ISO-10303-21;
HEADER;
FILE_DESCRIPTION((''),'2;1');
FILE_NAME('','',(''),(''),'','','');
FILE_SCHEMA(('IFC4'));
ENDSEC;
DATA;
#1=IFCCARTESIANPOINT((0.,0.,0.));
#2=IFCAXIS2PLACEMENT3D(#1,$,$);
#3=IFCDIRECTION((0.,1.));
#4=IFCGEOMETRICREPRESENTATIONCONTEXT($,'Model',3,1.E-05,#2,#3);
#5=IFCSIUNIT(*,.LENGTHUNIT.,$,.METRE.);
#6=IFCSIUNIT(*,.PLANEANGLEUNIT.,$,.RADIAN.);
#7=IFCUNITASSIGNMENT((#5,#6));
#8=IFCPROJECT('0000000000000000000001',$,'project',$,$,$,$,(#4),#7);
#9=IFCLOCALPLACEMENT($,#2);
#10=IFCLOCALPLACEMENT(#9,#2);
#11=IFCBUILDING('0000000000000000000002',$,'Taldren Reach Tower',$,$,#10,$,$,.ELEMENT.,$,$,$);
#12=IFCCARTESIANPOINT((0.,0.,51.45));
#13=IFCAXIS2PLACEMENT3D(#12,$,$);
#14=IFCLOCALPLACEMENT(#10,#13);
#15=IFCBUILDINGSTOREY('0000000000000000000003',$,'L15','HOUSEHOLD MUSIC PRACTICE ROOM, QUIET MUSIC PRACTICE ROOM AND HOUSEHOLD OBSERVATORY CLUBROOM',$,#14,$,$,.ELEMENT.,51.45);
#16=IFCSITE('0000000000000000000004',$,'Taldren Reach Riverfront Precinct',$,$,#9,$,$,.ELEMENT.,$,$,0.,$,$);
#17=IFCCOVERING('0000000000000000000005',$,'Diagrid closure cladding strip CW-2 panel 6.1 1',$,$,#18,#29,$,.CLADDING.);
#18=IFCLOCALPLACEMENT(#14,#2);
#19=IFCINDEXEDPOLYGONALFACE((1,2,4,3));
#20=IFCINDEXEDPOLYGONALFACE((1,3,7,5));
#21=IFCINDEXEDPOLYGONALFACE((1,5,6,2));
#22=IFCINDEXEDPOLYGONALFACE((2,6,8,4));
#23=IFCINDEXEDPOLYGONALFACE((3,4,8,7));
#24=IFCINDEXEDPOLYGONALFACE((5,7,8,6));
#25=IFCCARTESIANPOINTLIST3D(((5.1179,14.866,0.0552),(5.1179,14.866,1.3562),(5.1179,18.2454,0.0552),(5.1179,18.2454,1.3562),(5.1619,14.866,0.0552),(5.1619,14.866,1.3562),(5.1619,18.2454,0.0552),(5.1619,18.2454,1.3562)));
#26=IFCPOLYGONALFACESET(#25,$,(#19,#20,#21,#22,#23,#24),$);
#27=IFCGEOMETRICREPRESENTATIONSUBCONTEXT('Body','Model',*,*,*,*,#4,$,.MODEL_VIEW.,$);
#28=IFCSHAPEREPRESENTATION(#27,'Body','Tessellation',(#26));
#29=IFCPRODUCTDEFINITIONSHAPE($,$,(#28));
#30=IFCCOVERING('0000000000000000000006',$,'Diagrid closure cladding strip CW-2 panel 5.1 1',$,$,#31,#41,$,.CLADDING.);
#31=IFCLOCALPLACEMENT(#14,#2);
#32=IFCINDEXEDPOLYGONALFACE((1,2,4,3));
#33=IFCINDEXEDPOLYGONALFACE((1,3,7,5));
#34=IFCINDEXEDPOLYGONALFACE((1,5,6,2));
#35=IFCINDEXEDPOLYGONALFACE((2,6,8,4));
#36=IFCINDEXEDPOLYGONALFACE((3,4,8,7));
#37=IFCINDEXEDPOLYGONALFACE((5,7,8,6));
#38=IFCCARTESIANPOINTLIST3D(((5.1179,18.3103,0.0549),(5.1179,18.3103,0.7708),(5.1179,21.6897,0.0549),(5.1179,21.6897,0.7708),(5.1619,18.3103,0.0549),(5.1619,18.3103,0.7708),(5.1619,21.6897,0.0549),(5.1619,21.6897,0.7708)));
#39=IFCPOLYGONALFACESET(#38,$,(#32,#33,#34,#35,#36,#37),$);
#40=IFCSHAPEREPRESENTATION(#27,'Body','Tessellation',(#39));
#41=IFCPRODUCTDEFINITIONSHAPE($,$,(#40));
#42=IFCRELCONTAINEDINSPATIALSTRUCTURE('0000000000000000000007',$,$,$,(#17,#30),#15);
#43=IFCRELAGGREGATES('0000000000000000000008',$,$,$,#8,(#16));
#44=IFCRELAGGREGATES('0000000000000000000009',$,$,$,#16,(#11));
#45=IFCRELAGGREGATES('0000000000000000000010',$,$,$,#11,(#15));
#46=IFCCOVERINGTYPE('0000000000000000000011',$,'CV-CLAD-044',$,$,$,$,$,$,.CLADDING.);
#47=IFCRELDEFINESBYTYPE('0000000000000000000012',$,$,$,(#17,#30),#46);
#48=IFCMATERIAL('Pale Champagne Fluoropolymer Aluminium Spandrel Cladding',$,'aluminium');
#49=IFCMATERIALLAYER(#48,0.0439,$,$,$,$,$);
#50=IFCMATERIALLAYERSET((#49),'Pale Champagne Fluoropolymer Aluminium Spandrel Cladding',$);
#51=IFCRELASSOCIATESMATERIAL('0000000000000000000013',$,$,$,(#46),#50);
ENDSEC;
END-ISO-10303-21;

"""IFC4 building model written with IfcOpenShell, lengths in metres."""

from ifc_helpers import new_model, si_unit, direction, frame, origin, origin_2d, place, context, subcontext, project, spatial, rectangle, extrude, source, transform, mapped, material, layer, layer_set, type_object, element, save


model = new_model("IFC4")

# Units and contexts
model_context = context("Model", 3, precision=1e-05, world=origin(), true_north=direction((0.0, 1.0)))
body_context = subcontext(model_context, "Body", "Model", "MODEL_VIEW")
ifc_project = project(units=[si_unit("LENGTHUNIT", "METRE"), si_unit("PLANEANGLEUNIT", "RADIAN")], contexts=[model_context])

# Site, building, storey
site_placement = place(None, origin())
site = spatial("IfcSite", under=ifc_project, at=site_placement, Name="Taldren Reach Riverfront Precinct", CompositionType="ELEMENT", RefElevation=0.0)
building_placement = place(site_placement, origin())
building = spatial("IfcBuilding", under=site, at=building_placement, Name="Taldren Reach Tower", CompositionType="ELEMENT")
storey_placement = place(building_placement, frame((0.0, 0.0, 51.45)))
storey = spatial("IfcBuildingStorey", under=building, at=storey_placement, Name="L15", Description="HOUSEHOLD MUSIC PRACTICE ROOM, QUIET MUSIC PRACTICE ROOM AND HOUSEHOLD OBSERVATORY CLUBROOM", CompositionType="ELEMENT", Elevation=51.45)

# Coverings
ifc_material_1 = material(Name="Pale Champagne Fluoropolymer Aluminium Spandrel Cladding", Category="aluminium")
ifc_layer_1 = layer(ifc_material_1, 0.0439)
ifc_layer_set_1 = layer_set([ifc_layer_1], Name="Pale Champagne Fluoropolymer Aluminium Spandrel Cladding")
covering_type = type_object("IfcCoveringType", Name="CV-CLAD-044", PredefinedType="CLADDING", material=ifc_layer_set_1)
shared_shape_1 = source(origin(), body_context, "Body", "SweptSolid", [
    extrude(rectangle(XDim=3.3794, YDim=0.0439, at=origin_2d()), origin(), (0.0, 0.0, 1.0), 1.301),
])
covering_1_placement = place(storey_placement, frame((5.1399, 16.5557, 0.0552), z_axis=(0.0, 0.0, 1.0), x_axis=(0.0, -1.0, 0.0)))
element("IfcCovering", 1, at=covering_1_placement, inside=storey, type_object=covering_type, Name="Diagrid closure cladding strip CW-2 panel 6.1 1", PredefinedType="CLADDING", context=body_context, shape_type="MappedRepresentation", body=[
    mapped(shared_shape_1, transform((0.0, 0.0, 0.0), scale=1.0)),
])
shared_shape_2 = source(origin(), body_context, "Body", "SweptSolid", [
    extrude(rectangle(XDim=3.3794, YDim=0.0439, at=origin_2d()), origin(), (0.0, 0.0, 1.0), 0.7158),
])
covering_2_placement = place(storey_placement, frame((5.1399, 20.0, 0.0549), z_axis=(0.0, 0.0, 1.0), x_axis=(0.0, -1.0, 0.0)))
element("IfcCovering", 2, at=covering_2_placement, inside=storey, type_object=covering_type, Name="Diagrid closure cladding strip CW-2 panel 5.1 1", PredefinedType="CLADDING", context=body_context, shape_type="MappedRepresentation", body=[
    mapped(shared_shape_2, transform((0.0, 0.0, 0.0), scale=1.0)),
])

save(model, "model.ifc")
